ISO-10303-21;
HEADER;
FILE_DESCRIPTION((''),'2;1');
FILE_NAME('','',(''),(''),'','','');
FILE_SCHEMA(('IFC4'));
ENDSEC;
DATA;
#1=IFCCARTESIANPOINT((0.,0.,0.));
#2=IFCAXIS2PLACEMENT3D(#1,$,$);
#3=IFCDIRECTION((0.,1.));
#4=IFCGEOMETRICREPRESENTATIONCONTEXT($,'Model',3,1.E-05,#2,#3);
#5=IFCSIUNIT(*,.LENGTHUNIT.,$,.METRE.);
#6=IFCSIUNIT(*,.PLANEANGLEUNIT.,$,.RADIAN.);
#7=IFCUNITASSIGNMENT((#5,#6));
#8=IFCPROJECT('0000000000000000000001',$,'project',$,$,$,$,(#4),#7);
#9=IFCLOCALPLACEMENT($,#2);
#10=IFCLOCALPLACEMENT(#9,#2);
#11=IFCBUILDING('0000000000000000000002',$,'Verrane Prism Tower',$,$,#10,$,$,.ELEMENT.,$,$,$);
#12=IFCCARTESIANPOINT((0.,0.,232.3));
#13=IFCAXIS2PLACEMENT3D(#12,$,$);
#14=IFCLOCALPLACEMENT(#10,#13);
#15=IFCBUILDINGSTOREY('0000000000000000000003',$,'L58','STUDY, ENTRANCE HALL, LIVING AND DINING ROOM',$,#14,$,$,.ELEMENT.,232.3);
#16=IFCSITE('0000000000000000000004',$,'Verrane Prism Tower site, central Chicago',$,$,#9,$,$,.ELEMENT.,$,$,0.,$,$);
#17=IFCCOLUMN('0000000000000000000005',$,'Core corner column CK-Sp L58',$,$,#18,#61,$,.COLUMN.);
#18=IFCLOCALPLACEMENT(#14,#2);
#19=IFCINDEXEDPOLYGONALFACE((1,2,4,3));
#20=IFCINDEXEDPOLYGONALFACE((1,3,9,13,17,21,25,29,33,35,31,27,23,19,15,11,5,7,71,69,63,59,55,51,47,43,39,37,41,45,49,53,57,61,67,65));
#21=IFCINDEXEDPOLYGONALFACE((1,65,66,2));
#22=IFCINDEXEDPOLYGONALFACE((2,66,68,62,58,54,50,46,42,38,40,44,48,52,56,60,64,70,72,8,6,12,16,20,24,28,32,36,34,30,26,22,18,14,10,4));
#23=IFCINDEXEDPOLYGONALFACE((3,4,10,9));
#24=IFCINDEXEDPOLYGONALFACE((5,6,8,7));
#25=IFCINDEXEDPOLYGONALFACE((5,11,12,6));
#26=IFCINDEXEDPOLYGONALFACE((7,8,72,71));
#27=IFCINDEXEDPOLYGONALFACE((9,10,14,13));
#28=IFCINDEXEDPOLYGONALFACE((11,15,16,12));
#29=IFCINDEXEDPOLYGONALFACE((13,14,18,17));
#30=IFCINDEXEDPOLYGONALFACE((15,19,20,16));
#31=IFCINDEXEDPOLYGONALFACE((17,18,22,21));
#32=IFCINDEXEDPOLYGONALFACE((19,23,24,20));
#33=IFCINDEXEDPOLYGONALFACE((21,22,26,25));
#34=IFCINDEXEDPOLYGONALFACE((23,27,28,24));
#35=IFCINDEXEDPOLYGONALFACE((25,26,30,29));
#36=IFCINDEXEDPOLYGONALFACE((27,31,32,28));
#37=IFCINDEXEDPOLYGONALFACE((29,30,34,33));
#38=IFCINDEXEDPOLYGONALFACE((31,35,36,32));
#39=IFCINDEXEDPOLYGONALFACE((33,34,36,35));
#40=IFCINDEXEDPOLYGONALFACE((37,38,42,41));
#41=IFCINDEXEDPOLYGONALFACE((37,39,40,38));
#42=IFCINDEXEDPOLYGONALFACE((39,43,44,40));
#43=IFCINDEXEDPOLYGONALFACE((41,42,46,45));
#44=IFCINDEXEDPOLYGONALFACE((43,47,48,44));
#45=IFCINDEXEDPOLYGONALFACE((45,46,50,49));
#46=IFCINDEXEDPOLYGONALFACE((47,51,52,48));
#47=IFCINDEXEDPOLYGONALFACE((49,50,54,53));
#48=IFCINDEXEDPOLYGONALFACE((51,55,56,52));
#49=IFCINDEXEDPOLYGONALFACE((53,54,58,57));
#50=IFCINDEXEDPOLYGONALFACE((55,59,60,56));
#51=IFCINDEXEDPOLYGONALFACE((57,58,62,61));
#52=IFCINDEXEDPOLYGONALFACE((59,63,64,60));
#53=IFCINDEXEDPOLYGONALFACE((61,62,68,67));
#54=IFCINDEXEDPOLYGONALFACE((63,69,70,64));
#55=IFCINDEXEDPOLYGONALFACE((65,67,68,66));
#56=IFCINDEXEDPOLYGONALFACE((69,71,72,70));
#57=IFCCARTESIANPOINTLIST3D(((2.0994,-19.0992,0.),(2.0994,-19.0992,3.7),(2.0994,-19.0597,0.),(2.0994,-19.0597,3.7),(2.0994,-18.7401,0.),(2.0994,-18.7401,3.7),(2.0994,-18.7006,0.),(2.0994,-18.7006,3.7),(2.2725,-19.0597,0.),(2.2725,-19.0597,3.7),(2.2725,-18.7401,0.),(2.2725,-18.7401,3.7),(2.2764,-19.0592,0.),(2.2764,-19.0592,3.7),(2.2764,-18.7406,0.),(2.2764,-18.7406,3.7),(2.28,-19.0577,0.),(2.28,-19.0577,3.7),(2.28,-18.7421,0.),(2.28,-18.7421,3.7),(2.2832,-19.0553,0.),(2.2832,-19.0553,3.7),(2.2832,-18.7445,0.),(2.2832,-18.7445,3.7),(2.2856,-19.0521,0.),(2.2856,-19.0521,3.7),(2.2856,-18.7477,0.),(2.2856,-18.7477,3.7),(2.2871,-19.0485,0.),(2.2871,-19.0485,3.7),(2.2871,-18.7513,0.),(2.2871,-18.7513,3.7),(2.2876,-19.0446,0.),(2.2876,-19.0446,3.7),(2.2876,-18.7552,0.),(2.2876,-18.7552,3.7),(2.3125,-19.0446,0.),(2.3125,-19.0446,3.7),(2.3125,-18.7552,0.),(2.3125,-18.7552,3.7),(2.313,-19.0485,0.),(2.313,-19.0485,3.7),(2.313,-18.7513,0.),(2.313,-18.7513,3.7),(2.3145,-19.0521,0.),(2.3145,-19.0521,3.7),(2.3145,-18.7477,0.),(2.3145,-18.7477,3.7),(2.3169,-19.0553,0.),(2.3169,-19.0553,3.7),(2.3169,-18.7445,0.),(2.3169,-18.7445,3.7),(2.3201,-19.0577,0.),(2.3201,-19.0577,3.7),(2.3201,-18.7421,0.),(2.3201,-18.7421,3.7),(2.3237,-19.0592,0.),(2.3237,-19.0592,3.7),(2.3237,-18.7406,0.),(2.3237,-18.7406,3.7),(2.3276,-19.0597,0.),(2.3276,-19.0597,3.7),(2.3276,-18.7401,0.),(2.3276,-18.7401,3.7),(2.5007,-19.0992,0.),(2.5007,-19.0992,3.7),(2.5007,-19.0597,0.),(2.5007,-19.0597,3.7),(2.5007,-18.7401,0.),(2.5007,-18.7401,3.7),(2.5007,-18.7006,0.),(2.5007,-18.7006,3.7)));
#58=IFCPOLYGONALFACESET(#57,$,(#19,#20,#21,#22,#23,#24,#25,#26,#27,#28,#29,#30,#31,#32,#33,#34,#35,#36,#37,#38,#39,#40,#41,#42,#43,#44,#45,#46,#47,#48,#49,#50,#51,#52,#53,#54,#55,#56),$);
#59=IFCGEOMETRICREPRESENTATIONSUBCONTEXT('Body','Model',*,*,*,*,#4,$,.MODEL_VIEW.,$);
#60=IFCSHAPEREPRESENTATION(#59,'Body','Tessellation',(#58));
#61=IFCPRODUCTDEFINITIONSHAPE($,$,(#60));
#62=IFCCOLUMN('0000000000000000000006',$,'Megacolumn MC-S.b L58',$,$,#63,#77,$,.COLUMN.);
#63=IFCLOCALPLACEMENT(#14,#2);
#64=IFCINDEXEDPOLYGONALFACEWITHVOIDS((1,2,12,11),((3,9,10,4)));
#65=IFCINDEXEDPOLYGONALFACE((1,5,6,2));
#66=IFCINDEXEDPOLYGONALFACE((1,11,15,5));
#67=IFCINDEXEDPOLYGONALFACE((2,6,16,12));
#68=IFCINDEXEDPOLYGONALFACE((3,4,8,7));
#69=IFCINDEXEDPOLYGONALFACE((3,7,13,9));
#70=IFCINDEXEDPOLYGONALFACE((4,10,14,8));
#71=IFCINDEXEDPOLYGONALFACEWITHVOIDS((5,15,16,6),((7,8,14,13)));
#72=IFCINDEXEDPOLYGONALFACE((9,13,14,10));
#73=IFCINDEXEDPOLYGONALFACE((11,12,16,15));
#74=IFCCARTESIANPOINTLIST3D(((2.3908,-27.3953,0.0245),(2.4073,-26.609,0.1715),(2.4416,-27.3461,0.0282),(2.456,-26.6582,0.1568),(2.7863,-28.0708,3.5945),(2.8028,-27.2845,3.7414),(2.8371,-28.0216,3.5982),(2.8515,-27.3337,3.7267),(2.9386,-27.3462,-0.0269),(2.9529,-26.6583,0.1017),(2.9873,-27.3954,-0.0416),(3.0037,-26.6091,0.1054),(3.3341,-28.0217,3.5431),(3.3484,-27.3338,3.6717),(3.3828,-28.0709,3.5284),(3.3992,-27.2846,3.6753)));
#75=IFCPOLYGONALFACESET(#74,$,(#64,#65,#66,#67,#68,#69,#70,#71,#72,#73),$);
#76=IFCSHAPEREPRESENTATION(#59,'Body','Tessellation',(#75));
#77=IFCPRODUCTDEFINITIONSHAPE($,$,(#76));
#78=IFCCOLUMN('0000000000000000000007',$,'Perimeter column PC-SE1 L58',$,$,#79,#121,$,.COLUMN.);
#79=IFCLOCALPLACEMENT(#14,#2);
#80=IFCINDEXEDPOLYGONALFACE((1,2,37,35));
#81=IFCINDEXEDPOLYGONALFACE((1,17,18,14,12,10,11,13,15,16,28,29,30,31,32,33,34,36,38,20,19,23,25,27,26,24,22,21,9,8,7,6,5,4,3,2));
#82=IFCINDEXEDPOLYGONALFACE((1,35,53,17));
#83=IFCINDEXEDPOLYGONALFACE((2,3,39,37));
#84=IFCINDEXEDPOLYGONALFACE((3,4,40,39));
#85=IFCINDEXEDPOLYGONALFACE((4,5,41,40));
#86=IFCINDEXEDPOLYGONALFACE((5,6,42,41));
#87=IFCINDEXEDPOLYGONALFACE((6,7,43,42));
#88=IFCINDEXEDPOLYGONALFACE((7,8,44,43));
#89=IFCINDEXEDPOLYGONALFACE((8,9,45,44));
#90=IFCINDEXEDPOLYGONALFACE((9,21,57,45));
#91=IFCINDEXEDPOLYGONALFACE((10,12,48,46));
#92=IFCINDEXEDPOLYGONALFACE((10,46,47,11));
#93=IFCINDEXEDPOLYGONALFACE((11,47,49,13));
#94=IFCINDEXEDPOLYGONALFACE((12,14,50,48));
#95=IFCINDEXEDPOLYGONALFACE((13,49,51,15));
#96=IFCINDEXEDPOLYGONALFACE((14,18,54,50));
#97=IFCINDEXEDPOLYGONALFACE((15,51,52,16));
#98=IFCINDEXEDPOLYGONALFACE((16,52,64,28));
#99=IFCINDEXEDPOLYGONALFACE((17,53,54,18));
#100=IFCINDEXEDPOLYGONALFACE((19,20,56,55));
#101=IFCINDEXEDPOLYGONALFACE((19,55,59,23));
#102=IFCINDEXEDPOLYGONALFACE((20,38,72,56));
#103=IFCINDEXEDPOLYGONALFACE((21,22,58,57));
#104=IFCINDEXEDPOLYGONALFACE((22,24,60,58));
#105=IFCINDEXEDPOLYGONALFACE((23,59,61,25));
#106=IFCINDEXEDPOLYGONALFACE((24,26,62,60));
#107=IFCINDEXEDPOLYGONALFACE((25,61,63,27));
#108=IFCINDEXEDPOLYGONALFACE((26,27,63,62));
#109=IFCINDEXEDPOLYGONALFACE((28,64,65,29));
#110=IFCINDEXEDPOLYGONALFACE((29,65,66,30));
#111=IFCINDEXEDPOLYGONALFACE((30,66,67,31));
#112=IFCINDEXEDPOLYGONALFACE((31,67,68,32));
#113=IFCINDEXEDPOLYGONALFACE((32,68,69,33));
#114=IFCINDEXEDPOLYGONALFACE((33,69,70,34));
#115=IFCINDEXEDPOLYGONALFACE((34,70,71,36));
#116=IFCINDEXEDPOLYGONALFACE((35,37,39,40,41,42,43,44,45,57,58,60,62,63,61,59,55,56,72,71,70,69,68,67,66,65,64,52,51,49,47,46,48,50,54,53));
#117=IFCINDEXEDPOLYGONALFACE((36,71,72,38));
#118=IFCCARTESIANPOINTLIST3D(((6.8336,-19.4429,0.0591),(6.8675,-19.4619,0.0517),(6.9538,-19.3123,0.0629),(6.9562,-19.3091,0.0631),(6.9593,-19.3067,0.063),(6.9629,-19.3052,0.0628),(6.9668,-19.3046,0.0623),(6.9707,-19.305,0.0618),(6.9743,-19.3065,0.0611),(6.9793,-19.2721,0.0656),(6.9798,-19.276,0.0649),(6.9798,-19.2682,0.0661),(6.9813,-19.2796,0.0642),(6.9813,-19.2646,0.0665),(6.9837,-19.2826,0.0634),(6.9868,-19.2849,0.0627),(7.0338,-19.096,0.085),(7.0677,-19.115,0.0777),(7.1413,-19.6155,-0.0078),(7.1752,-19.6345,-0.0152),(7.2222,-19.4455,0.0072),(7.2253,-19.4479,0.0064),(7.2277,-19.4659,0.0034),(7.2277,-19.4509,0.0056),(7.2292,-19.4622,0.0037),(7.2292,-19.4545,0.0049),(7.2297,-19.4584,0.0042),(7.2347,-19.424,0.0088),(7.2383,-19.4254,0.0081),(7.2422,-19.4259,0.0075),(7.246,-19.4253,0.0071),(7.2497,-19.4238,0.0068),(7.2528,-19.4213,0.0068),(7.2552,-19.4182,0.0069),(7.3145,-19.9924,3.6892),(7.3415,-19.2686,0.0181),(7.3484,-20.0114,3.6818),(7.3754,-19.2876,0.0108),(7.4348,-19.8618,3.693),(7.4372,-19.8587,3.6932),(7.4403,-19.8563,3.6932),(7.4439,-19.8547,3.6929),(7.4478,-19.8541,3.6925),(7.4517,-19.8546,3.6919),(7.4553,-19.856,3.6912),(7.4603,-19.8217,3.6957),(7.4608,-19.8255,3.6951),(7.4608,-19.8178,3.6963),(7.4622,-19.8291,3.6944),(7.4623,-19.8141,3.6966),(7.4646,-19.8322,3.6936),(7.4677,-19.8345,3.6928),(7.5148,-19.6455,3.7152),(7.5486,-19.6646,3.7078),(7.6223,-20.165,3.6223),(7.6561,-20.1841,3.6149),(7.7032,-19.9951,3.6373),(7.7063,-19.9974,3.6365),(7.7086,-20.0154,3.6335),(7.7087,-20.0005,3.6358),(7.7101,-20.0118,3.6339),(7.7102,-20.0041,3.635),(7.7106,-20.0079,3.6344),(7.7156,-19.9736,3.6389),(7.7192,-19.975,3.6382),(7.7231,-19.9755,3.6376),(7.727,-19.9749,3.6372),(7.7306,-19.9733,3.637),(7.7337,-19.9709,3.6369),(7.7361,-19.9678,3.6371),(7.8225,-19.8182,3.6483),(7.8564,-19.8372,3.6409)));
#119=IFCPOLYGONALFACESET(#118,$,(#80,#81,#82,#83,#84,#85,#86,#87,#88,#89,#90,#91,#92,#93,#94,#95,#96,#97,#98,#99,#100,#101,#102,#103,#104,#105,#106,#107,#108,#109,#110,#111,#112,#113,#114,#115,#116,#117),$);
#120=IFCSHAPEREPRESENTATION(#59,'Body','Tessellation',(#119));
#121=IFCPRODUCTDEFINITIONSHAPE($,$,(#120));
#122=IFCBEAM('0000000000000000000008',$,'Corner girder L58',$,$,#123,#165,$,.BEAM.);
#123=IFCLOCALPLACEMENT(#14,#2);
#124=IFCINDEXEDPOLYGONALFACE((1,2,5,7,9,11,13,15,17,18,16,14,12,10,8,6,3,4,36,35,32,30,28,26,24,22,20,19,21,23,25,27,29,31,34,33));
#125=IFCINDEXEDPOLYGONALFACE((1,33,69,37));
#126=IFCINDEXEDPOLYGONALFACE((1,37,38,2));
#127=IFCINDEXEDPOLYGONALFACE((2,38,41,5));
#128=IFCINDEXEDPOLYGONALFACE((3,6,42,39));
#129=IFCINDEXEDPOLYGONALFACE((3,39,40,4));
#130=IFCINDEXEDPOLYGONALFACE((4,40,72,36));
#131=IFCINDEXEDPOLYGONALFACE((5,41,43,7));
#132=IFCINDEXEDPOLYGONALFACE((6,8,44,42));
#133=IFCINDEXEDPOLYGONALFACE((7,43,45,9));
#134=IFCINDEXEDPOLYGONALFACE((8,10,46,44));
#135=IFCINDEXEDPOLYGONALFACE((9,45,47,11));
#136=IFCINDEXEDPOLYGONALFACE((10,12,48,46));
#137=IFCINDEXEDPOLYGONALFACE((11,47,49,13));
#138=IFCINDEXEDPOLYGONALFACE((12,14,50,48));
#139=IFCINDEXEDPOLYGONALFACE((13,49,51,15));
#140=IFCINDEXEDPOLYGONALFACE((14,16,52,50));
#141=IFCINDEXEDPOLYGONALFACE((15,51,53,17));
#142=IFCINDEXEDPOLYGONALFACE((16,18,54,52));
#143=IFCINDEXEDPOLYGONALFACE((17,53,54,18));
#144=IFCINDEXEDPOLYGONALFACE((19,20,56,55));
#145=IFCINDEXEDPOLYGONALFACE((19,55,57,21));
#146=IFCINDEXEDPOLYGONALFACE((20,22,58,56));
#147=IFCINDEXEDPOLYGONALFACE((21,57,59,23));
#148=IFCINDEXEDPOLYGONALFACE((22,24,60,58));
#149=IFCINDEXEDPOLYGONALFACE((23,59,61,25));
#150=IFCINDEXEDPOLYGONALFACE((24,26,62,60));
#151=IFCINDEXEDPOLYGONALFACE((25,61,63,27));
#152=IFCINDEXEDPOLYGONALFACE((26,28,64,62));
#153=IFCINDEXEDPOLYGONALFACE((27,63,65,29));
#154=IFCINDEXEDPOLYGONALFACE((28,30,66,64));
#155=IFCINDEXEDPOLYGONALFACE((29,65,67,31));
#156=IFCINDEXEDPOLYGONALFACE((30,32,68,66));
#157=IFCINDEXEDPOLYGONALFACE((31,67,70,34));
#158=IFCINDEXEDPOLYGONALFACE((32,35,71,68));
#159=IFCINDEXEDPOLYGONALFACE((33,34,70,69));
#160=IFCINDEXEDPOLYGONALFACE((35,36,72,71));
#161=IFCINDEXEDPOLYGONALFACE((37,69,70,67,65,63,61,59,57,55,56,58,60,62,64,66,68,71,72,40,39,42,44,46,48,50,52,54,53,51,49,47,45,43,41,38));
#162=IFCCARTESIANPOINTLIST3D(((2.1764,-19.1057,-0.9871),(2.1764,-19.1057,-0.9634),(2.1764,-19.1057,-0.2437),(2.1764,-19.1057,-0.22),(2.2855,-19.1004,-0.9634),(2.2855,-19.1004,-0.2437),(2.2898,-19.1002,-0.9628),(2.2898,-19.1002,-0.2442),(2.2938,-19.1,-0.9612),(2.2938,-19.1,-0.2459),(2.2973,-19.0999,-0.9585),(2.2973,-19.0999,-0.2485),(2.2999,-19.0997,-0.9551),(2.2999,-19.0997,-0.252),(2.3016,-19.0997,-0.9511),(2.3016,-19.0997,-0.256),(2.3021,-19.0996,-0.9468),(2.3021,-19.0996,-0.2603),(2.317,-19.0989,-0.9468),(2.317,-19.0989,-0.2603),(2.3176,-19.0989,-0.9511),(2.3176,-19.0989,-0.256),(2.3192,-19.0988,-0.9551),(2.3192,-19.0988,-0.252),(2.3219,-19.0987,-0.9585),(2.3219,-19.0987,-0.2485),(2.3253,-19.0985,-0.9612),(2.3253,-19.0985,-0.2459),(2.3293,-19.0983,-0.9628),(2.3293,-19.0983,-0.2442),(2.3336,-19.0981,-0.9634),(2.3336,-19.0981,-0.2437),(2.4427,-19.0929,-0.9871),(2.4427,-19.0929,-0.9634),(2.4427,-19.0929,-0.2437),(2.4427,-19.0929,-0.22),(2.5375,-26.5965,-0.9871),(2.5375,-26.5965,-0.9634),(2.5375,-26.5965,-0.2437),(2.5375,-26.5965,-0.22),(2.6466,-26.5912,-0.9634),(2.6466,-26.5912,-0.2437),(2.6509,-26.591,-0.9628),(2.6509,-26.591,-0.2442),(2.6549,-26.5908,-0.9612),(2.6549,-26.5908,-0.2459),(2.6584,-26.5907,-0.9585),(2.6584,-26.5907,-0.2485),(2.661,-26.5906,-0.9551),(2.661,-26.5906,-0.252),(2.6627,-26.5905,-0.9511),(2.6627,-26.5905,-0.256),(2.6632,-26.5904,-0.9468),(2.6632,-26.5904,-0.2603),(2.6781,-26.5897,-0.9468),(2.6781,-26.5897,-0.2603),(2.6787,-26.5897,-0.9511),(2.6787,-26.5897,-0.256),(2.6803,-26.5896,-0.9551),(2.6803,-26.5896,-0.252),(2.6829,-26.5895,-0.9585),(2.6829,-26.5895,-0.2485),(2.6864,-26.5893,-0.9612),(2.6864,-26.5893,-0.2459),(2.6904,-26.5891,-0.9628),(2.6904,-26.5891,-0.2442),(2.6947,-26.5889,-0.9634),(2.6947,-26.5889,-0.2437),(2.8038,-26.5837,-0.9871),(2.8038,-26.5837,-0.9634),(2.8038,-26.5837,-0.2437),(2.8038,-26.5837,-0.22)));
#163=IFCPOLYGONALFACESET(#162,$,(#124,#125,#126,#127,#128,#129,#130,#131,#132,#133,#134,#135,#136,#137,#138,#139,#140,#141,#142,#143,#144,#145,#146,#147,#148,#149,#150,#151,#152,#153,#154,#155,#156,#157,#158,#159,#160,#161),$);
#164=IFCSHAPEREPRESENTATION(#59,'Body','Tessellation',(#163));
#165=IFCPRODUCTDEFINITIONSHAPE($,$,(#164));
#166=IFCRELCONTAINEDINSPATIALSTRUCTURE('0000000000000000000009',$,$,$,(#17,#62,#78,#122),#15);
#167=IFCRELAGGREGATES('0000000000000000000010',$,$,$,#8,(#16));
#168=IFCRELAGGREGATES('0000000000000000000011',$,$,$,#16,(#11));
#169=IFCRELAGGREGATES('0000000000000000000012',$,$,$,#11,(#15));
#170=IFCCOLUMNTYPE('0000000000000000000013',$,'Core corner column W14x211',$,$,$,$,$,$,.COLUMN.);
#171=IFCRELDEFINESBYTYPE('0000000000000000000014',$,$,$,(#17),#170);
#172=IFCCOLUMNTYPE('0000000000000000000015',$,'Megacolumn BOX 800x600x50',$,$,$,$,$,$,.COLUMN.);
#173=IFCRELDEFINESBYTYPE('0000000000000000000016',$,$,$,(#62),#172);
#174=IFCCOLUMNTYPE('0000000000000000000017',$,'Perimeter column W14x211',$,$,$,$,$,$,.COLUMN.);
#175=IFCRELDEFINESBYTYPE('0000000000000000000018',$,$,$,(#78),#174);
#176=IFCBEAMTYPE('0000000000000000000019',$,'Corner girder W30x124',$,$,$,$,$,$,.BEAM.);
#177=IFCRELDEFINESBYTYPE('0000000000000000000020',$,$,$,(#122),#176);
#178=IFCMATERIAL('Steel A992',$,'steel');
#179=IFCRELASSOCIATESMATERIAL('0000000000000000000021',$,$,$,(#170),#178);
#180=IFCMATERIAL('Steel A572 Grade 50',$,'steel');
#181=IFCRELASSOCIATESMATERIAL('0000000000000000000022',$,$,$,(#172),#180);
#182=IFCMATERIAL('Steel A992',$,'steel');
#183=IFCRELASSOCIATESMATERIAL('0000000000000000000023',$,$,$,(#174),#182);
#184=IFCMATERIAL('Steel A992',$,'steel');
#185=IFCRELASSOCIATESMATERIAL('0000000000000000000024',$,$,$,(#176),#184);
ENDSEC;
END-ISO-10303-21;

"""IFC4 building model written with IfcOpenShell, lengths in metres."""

from ifc_helpers import new_model, si_unit, direction, frame, origin, origin_2d, place, context, subcontext, project, spatial, hollow_rectangle, i_section, extrude, material, material_profile, profile_set, type_object, element, save


model = new_model("IFC4")

# Units and contexts
model_context = context("Model", 3, precision=1e-05, world=origin(), true_north=direction((0.0, 1.0)))
body_context = subcontext(model_context, "Body", "Model", "MODEL_VIEW")
ifc_project = project(units=[si_unit("LENGTHUNIT", "METRE"), si_unit("PLANEANGLEUNIT", "RADIAN")], contexts=[model_context])

# Site, building, storey
site_placement = place(None, origin())
site = spatial("IfcSite", under=ifc_project, at=site_placement, Name="Verrane Prism Tower site, central Chicago", CompositionType="ELEMENT", RefElevation=0.0)
building_placement = place(site_placement, origin())
building = spatial("IfcBuilding", under=site, at=building_placement, Name="Verrane Prism Tower", CompositionType="ELEMENT")
storey_placement = place(building_placement, frame((0.0, 0.0, 232.3)))
storey = spatial("IfcBuildingStorey", under=building, at=storey_placement, Name="L58", Description="STUDY, ENTRANCE HALL, LIVING AND DINING ROOM", CompositionType="ELEMENT", Elevation=232.3)

# Columns
ifc_material_1 = material(Name="Steel A992", Category="steel")
ifc_material_profile_1 = material_profile(ifc_material_1, i_section(OverallWidth=0.4014, OverallDepth=0.3987, WebThickness=0.0249, FlangeThickness=0.0396, FilletRadius=0.0151, at=origin_2d()), Name="W14x211")
ifc_profile_set_1 = profile_set([ifc_material_profile_1], Name="Steel A992")
column_type_1 = type_object("IfcColumnType", Name="Core corner column W14x211", PredefinedType="COLUMN", material=ifc_profile_set_1)
column_1_placement = place(storey_placement, frame((2.3, -18.8999, 0.0), z_axis=(0.0, 0.0, 1.0), x_axis=(-1.0, 0.0, 0.0)))
element("IfcColumn", 1, at=column_1_placement, inside=storey, type_object=column_type_1, Name="Core corner column CK-Sp L58", PredefinedType="COLUMN", context=body_context, shape_type="SweptSolid", body=[
    extrude(i_section(OverallWidth=0.4014, OverallDepth=0.3987, WebThickness=0.0249, FlangeThickness=0.0396, FilletRadius=0.0151, at=origin_2d()), origin(), (0.0, 0.0, 1.0), 3.7),
])
ifc_material_2 = material(Name="Steel A572 Grade 50", Category="steel")
ifc_material_profile_2 = material_profile(ifc_material_2, hollow_rectangle(XDim=0.6001, YDim=0.8, WallThickness=0.05, at=origin_2d()), Name="BOX 800x600x50")
ifc_profile_set_2 = profile_set([ifc_material_profile_2], Name="Steel A572 Grade 50")
column_type_2 = type_object("IfcColumnType", Name="Megacolumn BOX 800x600x50", PredefinedType="COLUMN", material=ifc_profile_set_2)
column_2_placement = place(storey_placement, frame((2.6973, -27.0022, 0.0649), z_axis=(0.108214, -0.184831, 0.976794), x_axis=(-0.993916, 0.000177, 0.110144)))
element("IfcColumn", 2, at=column_2_placement, inside=storey, type_object=column_type_2, Name="Megacolumn MC-S.b L58", PredefinedType="COLUMN", context=body_context, shape_type="SweptSolid", body=[
    extrude(hollow_rectangle(XDim=0.6001, YDim=0.8, WallThickness=0.05, at=origin_2d()), origin(), (0.0, 0.0, 1.0), 3.6548),
])
ifc_material_3 = material(Name="Steel A992", Category="steel")
ifc_material_profile_3 = material_profile(ifc_material_3, i_section(OverallWidth=0.4014, OverallDepth=0.3987, WebThickness=0.0249, FlangeThickness=0.0396, FilletRadius=0.0151, at=origin_2d()), Name="W14x211")
ifc_profile_set_3 = profile_set([ifc_material_profile_3], Name="Steel A992")
column_type_3 = type_object("IfcColumnType", Name="Perimeter column W14x211", PredefinedType="COLUMN", material=ifc_profile_set_3)
column_3_placement = place(storey_placement, frame((7.1045, -19.3652, 0.0349), z_axis=(0.129888, -0.148415, 0.980358), x_axis=(-0.498874, -0.864253, -0.064742)))
element("IfcColumn", 3, at=column_3_placement, inside=storey, type_object=column_type_3, Name="Perimeter column PC-SE1 L58", PredefinedType="COLUMN", context=body_context, shape_type="SweptSolid", body=[
    extrude(i_section(OverallWidth=0.4014, OverallDepth=0.3987, WebThickness=0.0249, FlangeThickness=0.0396, FilletRadius=0.0151, at=origin_2d()), origin(), (0.0, 0.0, 1.0), 3.7029),
])

# Beam
ifc_material_4 = material(Name="Steel A992", Category="steel")
ifc_material_profile_4 = material_profile(ifc_material_4, i_section(OverallWidth=0.2666, OverallDepth=0.7671, WebThickness=0.0149, FlangeThickness=0.0237, FilletRadius=0.0166, at=origin_2d()), Name="W30x124")
ifc_profile_set_4 = profile_set([ifc_material_profile_4], Name="Steel A992")
beam_type_1 = type_object("IfcBeamType", Name="Corner girder W30x124", PredefinedType="BEAM", material=ifc_profile_set_4)
beam_1_placement = place(storey_placement, frame((2.6707, -26.5901, -0.6035), z_axis=(-0.048148, 0.99884, 0.0), x_axis=(-0.99884, -0.048148, 0.0)))
element("IfcBeam", 4, at=beam_1_placement, inside=storey, type_object=beam_type_1, Name="Corner girder L58", PredefinedType="BEAM", context=body_context, shape_type="SweptSolid", body=[
    extrude(i_section(OverallWidth=0.2666, OverallDepth=0.7671, WebThickness=0.0149, FlangeThickness=0.0237, FilletRadius=0.0166, at=origin_2d()), origin(), (0.0, 0.0, 1.0), 7.4995),
])

save(model, "model.ifc")
